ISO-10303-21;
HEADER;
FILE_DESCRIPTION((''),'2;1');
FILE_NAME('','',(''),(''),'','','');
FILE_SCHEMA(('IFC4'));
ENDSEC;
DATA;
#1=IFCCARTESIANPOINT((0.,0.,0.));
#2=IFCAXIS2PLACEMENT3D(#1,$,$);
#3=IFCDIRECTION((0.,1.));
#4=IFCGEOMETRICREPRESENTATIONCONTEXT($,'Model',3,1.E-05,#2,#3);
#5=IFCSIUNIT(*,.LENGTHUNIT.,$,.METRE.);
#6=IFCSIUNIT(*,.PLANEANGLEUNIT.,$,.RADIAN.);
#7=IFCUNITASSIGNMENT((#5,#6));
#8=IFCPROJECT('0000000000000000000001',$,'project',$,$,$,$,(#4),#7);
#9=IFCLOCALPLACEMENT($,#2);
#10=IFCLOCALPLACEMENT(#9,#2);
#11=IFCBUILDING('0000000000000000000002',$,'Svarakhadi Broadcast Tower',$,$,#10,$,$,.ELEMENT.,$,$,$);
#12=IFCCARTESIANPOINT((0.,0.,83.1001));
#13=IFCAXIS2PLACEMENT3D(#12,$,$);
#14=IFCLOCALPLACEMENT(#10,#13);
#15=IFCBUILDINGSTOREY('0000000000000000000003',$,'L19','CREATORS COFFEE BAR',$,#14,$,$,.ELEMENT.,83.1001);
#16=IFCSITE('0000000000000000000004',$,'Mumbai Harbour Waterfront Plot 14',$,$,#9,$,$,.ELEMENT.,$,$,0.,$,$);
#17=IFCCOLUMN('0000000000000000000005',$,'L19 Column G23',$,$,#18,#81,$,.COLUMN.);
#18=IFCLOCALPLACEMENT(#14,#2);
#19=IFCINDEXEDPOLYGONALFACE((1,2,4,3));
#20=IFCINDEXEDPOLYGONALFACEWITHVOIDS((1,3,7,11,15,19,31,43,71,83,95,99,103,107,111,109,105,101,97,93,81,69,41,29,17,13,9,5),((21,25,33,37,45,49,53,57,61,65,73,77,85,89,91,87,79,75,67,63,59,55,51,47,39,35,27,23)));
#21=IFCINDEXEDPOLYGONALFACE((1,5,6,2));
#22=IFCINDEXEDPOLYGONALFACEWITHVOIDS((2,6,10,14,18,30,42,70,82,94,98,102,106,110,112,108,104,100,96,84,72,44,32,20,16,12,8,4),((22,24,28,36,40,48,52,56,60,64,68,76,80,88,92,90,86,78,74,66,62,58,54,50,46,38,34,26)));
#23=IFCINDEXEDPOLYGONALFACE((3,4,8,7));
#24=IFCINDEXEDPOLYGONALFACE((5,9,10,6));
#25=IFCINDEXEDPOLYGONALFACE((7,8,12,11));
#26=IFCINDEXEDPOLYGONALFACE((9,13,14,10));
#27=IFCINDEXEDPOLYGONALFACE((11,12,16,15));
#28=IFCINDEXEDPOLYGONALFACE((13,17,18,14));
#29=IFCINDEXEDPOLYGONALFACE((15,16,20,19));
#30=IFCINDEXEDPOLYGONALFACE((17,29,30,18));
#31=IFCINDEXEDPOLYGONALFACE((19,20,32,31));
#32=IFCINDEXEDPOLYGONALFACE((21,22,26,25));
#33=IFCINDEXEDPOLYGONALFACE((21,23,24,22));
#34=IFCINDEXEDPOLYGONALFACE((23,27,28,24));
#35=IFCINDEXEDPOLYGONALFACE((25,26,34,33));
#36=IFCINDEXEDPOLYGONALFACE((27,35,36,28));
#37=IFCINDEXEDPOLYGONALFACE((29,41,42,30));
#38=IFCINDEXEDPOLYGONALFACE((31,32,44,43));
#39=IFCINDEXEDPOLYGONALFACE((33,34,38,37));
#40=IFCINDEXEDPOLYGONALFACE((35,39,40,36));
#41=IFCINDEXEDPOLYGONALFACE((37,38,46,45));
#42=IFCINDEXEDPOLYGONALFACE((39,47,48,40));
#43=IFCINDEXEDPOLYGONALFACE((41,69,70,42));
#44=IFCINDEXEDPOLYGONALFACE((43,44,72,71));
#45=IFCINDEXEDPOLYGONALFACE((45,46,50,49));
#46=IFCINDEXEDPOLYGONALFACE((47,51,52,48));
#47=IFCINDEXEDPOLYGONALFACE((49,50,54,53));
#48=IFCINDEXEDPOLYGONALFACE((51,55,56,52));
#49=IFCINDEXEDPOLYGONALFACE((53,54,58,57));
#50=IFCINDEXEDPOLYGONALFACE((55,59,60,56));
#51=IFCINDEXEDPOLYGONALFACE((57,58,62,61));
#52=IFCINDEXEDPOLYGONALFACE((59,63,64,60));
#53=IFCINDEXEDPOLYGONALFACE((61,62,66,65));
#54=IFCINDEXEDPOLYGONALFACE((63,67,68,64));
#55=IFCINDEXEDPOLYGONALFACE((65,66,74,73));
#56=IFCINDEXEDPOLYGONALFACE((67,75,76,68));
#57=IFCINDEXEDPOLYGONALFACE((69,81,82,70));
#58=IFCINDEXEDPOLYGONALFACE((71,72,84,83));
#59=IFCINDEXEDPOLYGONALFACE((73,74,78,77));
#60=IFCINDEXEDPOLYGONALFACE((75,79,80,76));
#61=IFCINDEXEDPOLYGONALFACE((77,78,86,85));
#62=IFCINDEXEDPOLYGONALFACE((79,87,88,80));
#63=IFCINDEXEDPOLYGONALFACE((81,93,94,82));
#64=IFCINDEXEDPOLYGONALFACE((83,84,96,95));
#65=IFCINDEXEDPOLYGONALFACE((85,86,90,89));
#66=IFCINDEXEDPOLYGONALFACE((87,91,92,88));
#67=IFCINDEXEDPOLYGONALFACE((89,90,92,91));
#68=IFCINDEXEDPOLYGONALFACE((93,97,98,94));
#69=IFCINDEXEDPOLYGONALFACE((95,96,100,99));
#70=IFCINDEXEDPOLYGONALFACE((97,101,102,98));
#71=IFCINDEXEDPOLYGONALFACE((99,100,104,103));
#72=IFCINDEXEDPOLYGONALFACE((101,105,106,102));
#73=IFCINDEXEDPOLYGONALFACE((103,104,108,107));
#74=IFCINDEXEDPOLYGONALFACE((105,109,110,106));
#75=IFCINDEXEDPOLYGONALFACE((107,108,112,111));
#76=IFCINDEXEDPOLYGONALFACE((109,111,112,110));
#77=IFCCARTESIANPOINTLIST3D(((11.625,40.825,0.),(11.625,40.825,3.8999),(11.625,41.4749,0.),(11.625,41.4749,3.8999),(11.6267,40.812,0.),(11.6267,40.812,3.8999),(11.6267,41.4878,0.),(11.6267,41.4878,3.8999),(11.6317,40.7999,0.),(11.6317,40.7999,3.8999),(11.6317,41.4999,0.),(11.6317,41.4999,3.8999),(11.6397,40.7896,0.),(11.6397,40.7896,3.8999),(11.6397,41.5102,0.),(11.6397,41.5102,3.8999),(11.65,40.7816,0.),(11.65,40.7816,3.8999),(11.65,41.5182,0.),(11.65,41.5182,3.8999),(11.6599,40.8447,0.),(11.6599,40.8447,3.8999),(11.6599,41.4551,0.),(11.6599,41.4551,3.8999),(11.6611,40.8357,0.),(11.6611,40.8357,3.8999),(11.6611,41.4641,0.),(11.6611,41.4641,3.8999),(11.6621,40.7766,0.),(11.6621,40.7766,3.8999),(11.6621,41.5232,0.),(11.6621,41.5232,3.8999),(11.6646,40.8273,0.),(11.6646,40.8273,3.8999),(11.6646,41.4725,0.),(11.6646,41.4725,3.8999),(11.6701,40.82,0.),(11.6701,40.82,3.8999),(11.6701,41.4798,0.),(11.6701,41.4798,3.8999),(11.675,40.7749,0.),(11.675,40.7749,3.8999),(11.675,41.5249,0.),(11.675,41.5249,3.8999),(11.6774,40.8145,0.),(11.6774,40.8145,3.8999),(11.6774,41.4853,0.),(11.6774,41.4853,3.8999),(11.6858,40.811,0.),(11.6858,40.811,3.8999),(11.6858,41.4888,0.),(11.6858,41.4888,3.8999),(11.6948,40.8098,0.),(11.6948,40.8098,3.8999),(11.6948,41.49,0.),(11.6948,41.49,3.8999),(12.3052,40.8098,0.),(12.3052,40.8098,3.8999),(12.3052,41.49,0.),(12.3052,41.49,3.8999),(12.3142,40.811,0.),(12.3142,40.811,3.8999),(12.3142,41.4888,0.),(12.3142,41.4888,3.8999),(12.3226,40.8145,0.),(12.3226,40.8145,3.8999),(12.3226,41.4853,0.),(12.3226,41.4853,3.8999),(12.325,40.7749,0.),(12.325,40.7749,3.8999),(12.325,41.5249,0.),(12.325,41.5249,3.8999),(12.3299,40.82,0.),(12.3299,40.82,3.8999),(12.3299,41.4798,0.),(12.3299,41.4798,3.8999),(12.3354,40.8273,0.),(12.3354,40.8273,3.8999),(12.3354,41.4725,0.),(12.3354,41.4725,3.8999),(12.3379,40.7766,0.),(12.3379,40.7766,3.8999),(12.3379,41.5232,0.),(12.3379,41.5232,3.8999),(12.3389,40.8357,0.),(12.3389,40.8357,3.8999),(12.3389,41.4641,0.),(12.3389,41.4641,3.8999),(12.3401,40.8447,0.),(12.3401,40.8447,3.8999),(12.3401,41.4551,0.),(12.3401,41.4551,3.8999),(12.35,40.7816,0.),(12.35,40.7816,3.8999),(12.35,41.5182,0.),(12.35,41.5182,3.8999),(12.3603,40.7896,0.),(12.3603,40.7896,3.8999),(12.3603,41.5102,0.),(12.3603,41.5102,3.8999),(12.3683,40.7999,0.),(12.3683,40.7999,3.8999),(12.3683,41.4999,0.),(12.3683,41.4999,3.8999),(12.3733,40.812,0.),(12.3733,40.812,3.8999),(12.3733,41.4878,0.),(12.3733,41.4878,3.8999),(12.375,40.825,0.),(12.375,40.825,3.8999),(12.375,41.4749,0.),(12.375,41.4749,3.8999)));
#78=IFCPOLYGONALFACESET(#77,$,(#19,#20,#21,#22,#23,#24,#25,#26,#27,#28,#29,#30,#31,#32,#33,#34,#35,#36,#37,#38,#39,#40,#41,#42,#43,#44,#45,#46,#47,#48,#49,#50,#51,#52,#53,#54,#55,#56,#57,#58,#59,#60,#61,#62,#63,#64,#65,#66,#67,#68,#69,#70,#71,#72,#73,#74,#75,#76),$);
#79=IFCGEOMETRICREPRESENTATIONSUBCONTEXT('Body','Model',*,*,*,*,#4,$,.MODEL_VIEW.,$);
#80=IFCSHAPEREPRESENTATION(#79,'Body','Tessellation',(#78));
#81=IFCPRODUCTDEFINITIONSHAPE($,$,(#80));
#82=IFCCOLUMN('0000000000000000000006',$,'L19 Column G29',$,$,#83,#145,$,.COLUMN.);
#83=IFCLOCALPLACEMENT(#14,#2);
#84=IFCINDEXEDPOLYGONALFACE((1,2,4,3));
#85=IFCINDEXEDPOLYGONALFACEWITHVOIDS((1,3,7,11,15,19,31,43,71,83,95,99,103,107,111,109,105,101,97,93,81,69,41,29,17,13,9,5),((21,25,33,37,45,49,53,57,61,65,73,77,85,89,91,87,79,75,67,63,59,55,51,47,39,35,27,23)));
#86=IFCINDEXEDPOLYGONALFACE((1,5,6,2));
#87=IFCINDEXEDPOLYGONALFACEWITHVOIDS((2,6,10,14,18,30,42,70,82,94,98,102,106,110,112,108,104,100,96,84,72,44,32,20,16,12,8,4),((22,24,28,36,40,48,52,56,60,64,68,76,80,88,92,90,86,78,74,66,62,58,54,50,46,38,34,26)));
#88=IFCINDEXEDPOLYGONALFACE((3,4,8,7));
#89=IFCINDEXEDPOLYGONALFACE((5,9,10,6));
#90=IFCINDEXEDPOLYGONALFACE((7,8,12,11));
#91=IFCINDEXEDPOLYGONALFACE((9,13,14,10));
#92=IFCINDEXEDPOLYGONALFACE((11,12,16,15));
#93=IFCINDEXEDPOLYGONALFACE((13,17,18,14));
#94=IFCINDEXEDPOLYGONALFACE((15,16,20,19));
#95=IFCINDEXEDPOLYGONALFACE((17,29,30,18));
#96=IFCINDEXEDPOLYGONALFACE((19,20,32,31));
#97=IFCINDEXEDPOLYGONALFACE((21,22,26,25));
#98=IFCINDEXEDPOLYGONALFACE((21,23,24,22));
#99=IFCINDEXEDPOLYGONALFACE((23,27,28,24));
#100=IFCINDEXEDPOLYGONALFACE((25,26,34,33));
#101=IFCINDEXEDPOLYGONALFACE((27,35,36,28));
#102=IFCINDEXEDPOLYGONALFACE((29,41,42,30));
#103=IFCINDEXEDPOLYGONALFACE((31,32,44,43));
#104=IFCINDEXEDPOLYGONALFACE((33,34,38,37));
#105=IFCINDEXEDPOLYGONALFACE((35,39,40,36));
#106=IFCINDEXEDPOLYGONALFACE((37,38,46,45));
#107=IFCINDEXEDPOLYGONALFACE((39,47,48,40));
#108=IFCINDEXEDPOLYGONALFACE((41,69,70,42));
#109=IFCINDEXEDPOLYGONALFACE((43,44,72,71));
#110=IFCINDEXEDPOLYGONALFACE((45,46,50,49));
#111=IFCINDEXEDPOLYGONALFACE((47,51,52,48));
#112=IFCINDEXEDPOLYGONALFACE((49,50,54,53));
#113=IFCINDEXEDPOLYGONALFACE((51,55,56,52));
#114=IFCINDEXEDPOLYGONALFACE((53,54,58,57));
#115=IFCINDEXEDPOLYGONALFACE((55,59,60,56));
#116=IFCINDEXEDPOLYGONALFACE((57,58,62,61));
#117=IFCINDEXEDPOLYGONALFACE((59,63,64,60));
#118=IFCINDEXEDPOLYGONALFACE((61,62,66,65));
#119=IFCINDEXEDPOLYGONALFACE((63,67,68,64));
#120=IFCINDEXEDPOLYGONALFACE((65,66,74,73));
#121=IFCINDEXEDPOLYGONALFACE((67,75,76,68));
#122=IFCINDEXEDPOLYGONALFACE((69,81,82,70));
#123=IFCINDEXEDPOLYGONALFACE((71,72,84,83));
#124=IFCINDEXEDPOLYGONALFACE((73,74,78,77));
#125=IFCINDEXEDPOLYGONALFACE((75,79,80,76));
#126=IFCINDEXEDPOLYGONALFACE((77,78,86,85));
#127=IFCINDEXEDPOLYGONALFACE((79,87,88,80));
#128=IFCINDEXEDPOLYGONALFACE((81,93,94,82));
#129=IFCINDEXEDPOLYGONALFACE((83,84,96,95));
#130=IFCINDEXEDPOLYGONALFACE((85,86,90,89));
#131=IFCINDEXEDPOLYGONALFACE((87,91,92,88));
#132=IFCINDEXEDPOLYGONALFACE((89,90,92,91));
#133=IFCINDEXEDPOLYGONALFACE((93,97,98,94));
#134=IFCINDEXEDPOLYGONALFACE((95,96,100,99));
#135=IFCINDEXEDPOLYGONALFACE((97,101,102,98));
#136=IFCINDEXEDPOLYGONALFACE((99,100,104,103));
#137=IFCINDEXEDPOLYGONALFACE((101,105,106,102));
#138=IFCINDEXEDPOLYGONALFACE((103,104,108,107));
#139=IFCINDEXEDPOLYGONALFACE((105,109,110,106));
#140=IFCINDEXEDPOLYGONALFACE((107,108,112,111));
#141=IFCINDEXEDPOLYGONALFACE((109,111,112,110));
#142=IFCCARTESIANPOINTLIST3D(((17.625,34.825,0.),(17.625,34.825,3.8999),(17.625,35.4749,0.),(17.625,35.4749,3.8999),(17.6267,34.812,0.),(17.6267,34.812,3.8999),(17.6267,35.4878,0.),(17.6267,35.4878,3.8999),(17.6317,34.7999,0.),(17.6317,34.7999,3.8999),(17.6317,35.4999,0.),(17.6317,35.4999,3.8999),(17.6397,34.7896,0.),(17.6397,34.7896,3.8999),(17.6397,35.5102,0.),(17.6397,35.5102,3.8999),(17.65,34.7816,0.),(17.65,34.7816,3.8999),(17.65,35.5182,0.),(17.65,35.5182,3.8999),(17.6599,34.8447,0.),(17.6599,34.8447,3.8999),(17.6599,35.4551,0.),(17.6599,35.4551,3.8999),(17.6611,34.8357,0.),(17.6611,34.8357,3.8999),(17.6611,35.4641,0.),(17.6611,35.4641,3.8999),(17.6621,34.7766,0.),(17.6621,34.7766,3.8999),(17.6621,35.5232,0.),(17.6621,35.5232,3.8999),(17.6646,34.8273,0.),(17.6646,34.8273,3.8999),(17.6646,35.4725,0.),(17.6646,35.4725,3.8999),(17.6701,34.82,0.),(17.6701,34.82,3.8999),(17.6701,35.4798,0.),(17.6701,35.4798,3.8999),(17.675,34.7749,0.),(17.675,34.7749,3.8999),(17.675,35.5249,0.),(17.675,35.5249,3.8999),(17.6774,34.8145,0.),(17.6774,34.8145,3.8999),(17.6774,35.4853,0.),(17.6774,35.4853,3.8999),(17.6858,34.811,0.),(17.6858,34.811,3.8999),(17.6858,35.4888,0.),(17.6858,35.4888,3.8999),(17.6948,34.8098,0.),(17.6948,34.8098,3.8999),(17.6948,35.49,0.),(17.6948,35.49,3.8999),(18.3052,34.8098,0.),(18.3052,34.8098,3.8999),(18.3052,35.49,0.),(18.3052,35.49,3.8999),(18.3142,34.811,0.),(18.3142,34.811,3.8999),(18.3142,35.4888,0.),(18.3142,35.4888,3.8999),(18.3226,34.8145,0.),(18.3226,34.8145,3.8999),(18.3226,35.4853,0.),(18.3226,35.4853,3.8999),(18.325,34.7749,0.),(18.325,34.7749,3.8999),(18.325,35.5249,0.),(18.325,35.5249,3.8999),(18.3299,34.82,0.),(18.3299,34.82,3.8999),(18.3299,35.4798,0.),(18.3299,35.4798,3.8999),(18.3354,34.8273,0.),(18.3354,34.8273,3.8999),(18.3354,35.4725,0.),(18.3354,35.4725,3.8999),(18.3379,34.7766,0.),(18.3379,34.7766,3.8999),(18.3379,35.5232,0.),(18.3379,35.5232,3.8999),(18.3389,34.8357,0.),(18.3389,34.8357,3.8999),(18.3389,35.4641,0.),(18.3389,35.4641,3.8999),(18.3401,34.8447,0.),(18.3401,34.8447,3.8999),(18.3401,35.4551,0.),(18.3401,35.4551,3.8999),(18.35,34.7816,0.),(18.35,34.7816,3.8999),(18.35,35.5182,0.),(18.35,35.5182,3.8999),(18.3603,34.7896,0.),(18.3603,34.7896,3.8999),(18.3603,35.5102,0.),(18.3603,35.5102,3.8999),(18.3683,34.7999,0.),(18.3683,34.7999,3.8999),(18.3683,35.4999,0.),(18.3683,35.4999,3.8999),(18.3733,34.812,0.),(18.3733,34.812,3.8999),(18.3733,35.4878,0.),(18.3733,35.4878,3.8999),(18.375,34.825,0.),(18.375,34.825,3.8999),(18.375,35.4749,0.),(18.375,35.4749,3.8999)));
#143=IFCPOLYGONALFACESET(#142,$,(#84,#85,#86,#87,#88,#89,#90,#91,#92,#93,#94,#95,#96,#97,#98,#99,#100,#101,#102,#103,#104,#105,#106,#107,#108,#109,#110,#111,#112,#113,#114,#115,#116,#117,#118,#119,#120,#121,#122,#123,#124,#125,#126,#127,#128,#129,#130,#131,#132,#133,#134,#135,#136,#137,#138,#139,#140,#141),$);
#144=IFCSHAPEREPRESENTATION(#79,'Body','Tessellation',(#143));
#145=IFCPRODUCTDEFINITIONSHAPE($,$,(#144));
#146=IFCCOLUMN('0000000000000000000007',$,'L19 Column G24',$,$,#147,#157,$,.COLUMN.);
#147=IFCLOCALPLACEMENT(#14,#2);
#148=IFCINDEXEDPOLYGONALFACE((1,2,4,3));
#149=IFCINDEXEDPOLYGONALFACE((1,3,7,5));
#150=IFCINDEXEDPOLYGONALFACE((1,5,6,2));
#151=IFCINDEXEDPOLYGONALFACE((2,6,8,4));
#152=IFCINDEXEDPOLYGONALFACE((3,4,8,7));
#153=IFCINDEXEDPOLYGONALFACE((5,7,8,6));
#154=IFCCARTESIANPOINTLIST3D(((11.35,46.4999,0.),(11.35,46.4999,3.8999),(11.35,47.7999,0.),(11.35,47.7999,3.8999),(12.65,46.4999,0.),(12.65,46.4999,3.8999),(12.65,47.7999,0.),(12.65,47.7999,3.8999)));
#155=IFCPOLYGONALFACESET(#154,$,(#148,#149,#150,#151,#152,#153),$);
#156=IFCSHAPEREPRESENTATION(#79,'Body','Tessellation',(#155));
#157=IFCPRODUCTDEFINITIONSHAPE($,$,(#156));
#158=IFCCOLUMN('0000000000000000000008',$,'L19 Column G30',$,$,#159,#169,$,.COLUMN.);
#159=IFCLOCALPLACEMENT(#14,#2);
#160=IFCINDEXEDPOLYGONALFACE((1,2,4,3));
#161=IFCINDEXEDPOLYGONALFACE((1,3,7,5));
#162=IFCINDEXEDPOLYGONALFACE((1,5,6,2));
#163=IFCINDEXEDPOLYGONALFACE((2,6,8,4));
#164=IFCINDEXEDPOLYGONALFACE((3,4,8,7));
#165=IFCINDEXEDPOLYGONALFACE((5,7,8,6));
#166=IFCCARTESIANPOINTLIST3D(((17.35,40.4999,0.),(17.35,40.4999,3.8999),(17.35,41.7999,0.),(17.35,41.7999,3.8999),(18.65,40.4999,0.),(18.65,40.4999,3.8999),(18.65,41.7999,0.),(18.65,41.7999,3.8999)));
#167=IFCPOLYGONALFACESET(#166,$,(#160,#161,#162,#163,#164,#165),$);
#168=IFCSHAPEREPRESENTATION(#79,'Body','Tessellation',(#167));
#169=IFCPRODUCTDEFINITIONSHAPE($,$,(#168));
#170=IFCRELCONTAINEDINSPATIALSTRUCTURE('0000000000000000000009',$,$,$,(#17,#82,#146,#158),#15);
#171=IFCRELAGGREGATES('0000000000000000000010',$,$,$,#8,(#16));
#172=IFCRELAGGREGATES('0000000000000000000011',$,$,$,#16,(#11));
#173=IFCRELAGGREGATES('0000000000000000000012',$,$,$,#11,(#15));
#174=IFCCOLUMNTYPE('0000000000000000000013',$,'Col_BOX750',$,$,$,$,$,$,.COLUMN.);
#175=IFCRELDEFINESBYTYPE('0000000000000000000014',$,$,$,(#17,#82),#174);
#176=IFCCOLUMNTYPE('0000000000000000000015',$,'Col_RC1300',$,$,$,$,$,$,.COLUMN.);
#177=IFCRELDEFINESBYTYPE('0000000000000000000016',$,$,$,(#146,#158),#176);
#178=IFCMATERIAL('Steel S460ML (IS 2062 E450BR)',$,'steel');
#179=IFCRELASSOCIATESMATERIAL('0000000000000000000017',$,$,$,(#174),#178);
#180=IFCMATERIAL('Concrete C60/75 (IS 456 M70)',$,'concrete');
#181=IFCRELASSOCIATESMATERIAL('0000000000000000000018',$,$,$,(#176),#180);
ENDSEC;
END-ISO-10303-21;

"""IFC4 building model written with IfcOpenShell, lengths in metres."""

from ifc_helpers import new_model, si_unit, direction, frame, origin, origin_2d, place, context, subcontext, project, spatial, rectangle, hollow_rectangle, extrude, material, material_profile, profile_set, type_object, element, save


model = new_model("IFC4")

# Units and contexts
model_context = context("Model", 3, precision=1e-05, world=origin(), true_north=direction((0.0, 1.0)))
body_context = subcontext(model_context, "Body", "Model", "MODEL_VIEW")
ifc_project = project(units=[si_unit("LENGTHUNIT", "METRE"), si_unit("PLANEANGLEUNIT", "RADIAN")], contexts=[model_context])

# Site, building, storey
site_placement = place(None, origin())
site = spatial("IfcSite", under=ifc_project, at=site_placement, Name="Mumbai Harbour Waterfront Plot 14", CompositionType="ELEMENT", RefElevation=0.0)
building_placement = place(site_placement, origin())
building = spatial("IfcBuilding", under=site, at=building_placement, Name="Svarakhadi Broadcast Tower", CompositionType="ELEMENT")
storey_placement = place(building_placement, frame((0.0, 0.0, 83.1001)))
storey = spatial("IfcBuildingStorey", under=building, at=storey_placement, Name="L19", Description="CREATORS COFFEE BAR", CompositionType="ELEMENT", Elevation=83.1001)

# Columns
ifc_material_1 = material(Name="Steel S460ML (IS 2062 E450BR)", Category="steel")
ifc_material_profile_1 = material_profile(ifc_material_1, hollow_rectangle(XDim=0.75, YDim=0.75, WallThickness=0.0349, InnerFilletRadius=0.0349, OuterFilletRadius=0.05, at=origin_2d()), Name="BOX 750x750x35")
ifc_profile_set_1 = profile_set([ifc_material_profile_1], Name="Steel S460ML (IS 2062 E450BR)")
column_type_1 = type_object("IfcColumnType", Name="Col_BOX750", PredefinedType="COLUMN", material=ifc_profile_set_1)
for number, where, z_axis, x_axis, name in (
    (1, (12.0, 41.1499, 0.0), (0.0, 0.0, 1.0), (1.0, 0.0, 0.0), "L19 Column G23"),
    (2, (18.0, 35.1499, 0.0), (0.0, 0.0, 1.0), (1.0, 0.0, 0.0), "L19 Column G29"),
):
    element("IfcColumn", number, at=place(storey_placement, frame(where, z_axis=z_axis, x_axis=x_axis)), inside=storey, type_object=column_type_1, Name=name, PredefinedType="COLUMN", context=body_context, shape_type="SweptSolid", body=[
        extrude(hollow_rectangle(XDim=0.75, YDim=0.75, WallThickness=0.0349, InnerFilletRadius=0.0349, OuterFilletRadius=0.05, at=origin_2d()), origin(), (0.0, 0.0, 1.0), 3.8999),
    ])
ifc_material_2 = material(Name="Concrete C60/75 (IS 456 M70)", Category="concrete")
ifc_material_profile_2 = material_profile(ifc_material_2, rectangle(XDim=1.3, YDim=1.3, at=origin_2d()), Name="RC 1300x1300")
ifc_profile_set_2 = profile_set([ifc_material_profile_2], Name="Concrete C60/75 (IS 456 M70)")
column_type_2 = type_object("IfcColumnType", Name="Col_RC1300", PredefinedType="COLUMN", material=ifc_profile_set_2)
for number, where, z_axis, x_axis, name in (
    (3, (12.0, 47.1499, 0.0), (0.0, 0.0, 1.0), (1.0, 0.0, 0.0), "L19 Column G24"),
    (4, (18.0, 41.1499, 0.0), (0.0, 0.0, 1.0), (1.0, 0.0, 0.0), "L19 Column G30"),
):
    element("IfcColumn", number, at=place(storey_placement, frame(where, z_axis=z_axis, x_axis=x_axis)), inside=storey, type_object=column_type_2, Name=name, PredefinedType="COLUMN", context=body_context, shape_type="SweptSolid", body=[
        extrude(rectangle(XDim=1.3, YDim=1.3, at=origin_2d()), origin(), (0.0, 0.0, 1.0), 3.8999),
    ])

save(model, "model.ifc")
